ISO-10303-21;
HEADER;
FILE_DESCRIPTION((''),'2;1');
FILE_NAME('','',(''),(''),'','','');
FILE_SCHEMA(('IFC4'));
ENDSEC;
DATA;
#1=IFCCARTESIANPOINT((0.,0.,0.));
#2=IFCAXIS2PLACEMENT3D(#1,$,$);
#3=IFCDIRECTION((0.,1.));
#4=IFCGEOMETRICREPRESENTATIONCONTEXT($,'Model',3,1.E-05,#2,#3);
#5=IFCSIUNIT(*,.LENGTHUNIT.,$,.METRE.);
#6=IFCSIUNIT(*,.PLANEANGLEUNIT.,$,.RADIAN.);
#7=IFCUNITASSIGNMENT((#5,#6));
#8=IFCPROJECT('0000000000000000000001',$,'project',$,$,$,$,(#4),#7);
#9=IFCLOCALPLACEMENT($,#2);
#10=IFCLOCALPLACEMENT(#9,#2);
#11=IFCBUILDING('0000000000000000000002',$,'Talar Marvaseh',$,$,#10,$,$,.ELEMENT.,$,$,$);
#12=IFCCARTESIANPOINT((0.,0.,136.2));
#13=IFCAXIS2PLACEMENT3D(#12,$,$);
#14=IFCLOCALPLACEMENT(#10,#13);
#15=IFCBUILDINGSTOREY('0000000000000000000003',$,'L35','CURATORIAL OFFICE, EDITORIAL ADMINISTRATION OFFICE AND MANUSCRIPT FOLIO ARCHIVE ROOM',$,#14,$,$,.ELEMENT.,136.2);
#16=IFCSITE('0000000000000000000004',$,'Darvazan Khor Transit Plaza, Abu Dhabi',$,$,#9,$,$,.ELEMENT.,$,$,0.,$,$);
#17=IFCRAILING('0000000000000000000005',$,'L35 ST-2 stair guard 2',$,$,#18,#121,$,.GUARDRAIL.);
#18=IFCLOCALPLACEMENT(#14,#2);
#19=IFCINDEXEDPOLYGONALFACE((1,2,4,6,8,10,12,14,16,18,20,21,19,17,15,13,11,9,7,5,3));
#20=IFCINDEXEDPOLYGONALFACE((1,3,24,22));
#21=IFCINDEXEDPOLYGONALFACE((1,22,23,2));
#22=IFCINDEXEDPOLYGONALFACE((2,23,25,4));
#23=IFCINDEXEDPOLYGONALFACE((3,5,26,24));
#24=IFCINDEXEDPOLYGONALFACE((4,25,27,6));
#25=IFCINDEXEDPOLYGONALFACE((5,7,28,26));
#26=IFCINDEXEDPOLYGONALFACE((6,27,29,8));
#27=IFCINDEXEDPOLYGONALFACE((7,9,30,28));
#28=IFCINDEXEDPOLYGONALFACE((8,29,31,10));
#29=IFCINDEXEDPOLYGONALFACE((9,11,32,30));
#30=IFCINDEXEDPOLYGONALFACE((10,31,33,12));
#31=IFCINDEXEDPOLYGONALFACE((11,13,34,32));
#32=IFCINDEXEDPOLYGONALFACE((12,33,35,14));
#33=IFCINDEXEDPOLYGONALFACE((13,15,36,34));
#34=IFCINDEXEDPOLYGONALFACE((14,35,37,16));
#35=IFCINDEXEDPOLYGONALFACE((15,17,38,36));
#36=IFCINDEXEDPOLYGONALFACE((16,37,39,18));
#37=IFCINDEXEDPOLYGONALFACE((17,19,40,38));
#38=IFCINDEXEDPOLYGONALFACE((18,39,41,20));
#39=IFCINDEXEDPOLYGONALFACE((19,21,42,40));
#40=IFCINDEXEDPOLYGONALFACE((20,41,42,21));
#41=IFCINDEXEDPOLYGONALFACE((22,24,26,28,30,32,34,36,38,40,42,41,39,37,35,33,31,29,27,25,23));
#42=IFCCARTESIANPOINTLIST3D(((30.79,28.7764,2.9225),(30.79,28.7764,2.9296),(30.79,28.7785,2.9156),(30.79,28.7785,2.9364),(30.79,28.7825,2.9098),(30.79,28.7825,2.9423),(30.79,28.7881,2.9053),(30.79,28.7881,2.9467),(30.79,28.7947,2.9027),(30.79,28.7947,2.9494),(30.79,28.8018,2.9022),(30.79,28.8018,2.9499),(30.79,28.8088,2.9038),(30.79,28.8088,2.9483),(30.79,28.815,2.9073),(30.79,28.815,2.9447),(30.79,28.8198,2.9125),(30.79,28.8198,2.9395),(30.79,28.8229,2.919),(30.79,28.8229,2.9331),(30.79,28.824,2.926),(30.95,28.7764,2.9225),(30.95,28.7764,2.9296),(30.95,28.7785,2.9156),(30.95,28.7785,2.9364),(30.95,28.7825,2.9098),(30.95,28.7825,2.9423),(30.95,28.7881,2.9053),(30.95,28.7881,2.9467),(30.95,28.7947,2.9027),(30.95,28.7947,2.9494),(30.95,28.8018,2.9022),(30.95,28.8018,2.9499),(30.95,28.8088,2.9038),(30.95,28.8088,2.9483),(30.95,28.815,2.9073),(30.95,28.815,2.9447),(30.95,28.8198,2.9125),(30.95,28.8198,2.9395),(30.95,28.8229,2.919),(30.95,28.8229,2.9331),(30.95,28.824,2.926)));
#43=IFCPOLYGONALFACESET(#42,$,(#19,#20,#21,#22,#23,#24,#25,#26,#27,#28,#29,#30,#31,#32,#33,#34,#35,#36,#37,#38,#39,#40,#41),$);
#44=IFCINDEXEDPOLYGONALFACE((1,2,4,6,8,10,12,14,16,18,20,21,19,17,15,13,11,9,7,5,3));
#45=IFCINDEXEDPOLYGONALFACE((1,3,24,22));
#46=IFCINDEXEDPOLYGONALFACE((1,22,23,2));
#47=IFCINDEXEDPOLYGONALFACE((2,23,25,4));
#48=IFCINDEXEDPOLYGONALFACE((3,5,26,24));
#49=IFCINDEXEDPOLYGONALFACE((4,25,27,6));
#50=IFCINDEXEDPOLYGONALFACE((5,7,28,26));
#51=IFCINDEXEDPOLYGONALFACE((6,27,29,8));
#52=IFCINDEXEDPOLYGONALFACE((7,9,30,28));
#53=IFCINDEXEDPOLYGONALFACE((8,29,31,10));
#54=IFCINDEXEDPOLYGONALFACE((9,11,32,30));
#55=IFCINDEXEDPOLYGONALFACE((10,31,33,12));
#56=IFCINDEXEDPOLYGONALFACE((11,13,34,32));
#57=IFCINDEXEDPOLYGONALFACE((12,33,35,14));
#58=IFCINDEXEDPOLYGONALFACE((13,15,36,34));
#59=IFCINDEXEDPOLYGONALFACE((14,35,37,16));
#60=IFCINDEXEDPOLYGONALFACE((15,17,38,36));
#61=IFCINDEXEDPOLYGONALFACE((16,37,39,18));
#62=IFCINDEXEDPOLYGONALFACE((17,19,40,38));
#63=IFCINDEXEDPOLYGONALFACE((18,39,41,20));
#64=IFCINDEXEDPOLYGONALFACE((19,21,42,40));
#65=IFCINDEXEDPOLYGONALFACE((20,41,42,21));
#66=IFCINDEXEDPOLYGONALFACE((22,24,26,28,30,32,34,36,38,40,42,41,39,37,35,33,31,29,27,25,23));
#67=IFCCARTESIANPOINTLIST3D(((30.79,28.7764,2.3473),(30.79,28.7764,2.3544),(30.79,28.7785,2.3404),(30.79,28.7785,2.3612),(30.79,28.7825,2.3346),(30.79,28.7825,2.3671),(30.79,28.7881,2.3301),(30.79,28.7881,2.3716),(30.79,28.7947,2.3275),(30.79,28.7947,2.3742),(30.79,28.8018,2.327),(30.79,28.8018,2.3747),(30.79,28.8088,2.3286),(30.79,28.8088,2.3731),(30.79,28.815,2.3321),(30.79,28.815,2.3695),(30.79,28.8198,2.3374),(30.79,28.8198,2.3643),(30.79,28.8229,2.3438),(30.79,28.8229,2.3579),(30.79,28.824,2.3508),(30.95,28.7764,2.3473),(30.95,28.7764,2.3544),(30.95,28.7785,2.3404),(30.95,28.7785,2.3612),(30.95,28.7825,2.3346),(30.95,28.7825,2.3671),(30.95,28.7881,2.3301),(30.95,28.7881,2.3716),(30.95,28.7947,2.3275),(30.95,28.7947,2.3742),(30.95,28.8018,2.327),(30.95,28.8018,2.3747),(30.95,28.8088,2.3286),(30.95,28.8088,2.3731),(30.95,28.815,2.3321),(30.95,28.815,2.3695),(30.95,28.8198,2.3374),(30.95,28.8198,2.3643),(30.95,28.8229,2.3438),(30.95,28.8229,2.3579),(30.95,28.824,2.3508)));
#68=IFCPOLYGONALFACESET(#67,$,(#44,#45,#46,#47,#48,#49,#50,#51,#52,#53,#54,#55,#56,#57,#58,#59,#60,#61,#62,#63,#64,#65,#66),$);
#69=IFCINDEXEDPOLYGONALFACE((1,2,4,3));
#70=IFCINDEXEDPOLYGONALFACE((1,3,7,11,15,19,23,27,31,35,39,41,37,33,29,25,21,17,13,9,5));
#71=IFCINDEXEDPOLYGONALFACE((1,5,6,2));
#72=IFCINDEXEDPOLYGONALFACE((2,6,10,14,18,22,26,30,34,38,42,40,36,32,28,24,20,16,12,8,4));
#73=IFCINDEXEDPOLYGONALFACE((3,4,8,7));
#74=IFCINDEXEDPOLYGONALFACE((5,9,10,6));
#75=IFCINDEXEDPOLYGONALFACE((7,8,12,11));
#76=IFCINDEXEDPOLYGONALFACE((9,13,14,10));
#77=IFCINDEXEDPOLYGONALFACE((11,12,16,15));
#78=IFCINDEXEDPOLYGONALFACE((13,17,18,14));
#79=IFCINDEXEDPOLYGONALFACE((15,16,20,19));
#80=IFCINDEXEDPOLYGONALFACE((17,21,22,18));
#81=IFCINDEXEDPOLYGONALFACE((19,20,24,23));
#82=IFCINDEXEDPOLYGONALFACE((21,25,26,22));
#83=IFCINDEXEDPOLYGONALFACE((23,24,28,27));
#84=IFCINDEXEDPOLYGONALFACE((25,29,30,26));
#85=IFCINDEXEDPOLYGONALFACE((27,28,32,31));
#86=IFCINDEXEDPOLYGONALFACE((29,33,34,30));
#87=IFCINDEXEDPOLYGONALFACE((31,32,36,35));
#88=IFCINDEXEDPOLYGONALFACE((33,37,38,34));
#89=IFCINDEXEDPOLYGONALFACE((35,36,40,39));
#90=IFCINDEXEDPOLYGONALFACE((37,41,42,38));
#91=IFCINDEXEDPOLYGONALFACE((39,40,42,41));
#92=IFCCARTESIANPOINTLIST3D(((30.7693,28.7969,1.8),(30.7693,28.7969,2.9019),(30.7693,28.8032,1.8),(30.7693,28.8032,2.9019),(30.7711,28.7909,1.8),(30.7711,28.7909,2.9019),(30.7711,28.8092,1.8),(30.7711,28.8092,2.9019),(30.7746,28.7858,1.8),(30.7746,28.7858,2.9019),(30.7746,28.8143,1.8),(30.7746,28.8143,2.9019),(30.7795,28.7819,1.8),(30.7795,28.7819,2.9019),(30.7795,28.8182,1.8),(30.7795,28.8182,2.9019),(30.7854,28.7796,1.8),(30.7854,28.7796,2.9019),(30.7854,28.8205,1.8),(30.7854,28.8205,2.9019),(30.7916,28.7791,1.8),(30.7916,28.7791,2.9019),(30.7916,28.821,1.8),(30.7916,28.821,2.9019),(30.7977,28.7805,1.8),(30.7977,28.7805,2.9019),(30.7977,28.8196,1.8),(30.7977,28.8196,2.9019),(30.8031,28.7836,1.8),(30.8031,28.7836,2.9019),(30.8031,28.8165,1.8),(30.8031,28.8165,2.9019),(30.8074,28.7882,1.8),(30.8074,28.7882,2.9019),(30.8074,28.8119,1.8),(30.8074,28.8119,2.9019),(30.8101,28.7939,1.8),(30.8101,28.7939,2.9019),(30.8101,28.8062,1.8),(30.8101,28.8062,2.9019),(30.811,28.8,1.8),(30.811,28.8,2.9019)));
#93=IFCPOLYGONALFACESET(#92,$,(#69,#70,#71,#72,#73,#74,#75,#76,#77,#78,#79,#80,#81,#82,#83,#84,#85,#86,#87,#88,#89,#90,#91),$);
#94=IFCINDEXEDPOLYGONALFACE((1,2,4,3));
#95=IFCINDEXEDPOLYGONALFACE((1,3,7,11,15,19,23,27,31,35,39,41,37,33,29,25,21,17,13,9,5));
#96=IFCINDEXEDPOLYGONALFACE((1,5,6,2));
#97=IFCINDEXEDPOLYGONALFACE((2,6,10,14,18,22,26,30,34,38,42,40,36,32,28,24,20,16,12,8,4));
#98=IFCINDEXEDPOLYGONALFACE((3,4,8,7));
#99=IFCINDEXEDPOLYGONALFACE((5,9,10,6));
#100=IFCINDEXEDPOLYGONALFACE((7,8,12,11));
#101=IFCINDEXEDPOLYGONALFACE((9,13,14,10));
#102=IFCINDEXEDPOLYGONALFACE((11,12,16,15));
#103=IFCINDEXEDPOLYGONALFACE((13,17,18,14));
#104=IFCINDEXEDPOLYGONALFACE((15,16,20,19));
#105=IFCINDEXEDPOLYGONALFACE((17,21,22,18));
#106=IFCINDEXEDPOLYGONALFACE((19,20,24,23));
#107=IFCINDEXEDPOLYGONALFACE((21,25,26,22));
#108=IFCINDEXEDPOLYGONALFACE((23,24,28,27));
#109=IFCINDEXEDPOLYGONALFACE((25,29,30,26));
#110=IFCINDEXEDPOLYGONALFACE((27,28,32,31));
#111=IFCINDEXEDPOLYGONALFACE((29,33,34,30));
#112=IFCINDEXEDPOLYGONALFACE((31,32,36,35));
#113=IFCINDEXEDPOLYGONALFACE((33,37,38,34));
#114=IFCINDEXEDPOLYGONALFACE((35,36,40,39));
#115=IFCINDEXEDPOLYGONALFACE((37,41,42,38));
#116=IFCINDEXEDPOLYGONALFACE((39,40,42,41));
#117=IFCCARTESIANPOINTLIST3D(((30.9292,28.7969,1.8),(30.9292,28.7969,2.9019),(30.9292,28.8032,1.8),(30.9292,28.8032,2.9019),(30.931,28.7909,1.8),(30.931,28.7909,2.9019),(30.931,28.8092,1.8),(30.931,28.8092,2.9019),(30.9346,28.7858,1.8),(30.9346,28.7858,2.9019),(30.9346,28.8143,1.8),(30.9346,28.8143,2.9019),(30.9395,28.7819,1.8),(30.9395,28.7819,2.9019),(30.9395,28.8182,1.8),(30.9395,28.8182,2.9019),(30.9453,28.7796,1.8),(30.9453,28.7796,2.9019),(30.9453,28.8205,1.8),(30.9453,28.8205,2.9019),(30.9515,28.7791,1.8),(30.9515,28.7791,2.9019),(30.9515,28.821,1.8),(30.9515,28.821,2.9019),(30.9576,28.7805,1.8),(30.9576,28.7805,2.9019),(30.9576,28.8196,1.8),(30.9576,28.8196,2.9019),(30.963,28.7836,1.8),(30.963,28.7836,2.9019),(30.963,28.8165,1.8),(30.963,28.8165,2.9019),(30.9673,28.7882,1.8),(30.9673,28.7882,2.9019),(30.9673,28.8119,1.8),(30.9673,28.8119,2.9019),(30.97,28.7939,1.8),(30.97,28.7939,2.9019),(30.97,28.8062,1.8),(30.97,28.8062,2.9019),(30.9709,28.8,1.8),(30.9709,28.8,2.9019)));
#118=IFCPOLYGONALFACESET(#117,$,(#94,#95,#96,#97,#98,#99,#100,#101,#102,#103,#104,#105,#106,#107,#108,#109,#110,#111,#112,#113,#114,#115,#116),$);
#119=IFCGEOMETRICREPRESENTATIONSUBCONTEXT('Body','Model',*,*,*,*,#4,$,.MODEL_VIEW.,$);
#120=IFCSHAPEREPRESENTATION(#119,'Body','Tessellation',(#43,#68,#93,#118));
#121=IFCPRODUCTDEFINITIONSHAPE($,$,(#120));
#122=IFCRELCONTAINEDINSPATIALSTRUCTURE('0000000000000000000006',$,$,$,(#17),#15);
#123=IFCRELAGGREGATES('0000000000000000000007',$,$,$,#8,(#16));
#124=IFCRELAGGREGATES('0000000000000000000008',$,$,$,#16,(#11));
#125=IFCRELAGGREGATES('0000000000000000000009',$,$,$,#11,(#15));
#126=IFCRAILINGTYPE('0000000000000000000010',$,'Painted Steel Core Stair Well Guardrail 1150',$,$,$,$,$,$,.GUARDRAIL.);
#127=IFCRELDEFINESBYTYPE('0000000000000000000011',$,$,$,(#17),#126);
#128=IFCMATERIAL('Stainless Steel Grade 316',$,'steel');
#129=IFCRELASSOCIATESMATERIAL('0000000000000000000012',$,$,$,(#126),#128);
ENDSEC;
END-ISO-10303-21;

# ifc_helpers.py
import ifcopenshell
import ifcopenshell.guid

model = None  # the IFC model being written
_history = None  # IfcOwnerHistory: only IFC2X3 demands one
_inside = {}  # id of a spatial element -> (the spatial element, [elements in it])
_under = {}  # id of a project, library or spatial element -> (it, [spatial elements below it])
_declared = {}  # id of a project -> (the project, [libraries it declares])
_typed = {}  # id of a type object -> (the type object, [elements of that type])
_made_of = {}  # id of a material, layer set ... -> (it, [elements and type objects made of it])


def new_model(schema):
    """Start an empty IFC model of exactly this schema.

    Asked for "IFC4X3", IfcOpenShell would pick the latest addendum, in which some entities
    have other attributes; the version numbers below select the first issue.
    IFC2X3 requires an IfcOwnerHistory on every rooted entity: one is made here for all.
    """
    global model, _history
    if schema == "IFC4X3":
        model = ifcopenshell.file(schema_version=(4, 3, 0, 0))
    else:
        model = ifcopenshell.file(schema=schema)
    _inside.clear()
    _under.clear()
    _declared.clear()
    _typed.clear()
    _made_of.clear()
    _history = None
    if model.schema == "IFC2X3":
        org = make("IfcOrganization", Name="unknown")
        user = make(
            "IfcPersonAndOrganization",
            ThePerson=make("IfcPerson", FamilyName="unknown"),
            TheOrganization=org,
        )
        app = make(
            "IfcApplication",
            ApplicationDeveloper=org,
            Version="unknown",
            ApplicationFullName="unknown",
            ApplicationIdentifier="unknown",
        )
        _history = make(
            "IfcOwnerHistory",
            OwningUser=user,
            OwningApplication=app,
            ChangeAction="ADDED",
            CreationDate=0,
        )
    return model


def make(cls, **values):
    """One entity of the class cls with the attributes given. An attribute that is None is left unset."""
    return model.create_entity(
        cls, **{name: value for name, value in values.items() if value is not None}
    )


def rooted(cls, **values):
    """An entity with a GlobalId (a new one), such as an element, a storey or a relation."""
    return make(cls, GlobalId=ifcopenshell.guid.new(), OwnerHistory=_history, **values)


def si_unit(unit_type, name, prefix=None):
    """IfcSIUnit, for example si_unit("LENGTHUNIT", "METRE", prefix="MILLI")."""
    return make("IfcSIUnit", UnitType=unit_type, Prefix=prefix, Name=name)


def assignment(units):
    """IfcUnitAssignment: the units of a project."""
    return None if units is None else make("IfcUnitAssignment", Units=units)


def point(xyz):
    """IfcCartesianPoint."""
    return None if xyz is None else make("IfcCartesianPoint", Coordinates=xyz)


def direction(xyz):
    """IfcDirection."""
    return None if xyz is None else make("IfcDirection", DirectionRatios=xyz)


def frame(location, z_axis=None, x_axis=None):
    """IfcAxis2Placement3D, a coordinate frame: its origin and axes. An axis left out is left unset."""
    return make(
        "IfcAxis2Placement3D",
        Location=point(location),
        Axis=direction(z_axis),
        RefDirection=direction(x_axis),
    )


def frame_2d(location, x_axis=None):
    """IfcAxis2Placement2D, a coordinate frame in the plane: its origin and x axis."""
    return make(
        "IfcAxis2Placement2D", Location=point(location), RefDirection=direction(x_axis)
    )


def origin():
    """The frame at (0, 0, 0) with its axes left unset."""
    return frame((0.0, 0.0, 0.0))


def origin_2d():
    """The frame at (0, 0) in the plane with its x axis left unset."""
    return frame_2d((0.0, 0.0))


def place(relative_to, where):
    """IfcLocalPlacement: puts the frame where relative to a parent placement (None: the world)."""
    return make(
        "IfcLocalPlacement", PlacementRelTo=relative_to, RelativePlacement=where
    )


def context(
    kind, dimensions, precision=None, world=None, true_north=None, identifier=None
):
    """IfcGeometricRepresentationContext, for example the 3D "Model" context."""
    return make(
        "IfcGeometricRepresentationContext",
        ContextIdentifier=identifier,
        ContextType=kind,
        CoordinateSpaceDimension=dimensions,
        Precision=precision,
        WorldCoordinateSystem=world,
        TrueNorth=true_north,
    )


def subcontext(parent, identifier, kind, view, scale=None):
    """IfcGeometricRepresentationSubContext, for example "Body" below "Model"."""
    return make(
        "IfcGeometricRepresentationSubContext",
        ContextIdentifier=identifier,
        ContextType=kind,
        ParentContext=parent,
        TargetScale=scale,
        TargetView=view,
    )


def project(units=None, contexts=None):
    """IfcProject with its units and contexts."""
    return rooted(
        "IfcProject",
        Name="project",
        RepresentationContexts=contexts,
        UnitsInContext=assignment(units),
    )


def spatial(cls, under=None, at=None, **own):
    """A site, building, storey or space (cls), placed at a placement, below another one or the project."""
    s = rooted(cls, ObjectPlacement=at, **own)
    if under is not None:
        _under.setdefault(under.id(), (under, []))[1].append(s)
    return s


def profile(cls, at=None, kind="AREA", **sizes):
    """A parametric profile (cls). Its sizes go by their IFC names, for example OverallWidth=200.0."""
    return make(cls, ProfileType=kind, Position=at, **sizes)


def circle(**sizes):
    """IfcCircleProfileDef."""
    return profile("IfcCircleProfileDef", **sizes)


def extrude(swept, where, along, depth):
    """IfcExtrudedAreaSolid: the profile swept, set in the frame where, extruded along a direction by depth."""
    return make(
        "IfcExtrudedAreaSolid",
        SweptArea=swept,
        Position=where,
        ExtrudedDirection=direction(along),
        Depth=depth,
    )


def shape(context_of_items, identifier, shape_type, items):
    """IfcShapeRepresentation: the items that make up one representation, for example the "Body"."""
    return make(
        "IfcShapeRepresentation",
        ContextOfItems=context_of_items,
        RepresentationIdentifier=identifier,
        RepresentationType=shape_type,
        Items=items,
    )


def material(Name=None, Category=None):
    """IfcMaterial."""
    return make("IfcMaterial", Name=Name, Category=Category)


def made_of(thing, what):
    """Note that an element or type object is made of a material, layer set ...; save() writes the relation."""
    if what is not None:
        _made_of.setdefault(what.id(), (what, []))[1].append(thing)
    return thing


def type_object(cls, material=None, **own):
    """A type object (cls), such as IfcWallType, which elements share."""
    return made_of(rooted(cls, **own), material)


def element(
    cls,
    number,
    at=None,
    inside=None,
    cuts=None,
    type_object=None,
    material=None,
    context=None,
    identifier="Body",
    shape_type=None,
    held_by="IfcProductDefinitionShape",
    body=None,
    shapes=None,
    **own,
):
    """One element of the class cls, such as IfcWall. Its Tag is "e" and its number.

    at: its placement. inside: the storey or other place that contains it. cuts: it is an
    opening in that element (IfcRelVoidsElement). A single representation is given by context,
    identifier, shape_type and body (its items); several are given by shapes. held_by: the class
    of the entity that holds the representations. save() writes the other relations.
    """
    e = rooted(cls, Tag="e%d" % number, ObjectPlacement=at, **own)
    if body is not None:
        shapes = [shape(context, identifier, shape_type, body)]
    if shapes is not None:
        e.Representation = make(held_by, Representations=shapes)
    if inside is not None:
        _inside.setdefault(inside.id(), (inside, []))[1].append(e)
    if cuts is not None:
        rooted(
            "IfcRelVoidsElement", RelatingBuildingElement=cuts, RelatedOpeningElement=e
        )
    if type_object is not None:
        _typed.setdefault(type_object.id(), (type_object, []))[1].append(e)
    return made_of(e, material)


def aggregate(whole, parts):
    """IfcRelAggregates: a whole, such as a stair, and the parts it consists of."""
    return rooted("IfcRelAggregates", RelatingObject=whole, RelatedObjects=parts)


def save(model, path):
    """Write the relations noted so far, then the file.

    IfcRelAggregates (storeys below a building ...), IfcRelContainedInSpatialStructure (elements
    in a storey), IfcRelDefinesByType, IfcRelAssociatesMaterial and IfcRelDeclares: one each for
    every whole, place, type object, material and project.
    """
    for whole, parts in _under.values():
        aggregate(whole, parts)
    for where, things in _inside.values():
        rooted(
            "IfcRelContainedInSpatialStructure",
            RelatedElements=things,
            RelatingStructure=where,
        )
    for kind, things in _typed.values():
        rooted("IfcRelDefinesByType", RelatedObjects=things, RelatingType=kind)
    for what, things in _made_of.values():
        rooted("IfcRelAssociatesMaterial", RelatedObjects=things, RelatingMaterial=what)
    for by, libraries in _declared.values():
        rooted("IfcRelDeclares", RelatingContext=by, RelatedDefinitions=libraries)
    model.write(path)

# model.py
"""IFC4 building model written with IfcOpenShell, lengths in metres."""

from ifc_helpers import new_model, si_unit, direction, frame, origin, origin_2d, place, context, subcontext, project, spatial, circle, extrude, material, type_object, element, save


model = new_model("IFC4")

# Units and contexts
model_context = context("Model", 3, precision=1e-05, world=origin(), true_north=direction((0.0, 1.0)))
body_context = subcontext(model_context, "Body", "Model", "MODEL_VIEW")
ifc_project = project(units=[si_unit("LENGTHUNIT", "METRE"), si_unit("PLANEANGLEUNIT", "RADIAN")], contexts=[model_context])

# Site, building, storey
site_placement = place(None, origin())
site = spatial("IfcSite", under=ifc_project, at=site_placement, Name="Darvazan Khor Transit Plaza, Abu Dhabi", CompositionType="ELEMENT", RefElevation=0.0)
building_placement = place(site_placement, origin())
building = spatial("IfcBuilding", under=site, at=building_placement, Name="Talar Marvaseh", CompositionType="ELEMENT")
storey_placement = place(building_placement, frame((0.0, 0.0, 136.2)))
storey = spatial("IfcBuildingStorey", under=building, at=storey_placement, Name="L35", Description="CURATORIAL OFFICE, EDITORIAL ADMINISTRATION OFFICE AND MANUSCRIPT FOLIO ARCHIVE ROOM", CompositionType="ELEMENT", Elevation=136.2)

# Shared definitions
ifc_material_1 = material(Name="Stainless Steel Grade 316", Category="steel")

# Railing
railing_type_1 = type_object("IfcRailingType", Name="Painted Steel Core Stair Well Guardrail 1150", PredefinedType="GUARDRAIL", material=ifc_material_1)
railing_1_placement = place(storey_placement, frame((30.79, 28.8, 1.8)))
element("IfcRailing", 1, at=railing_1_placement, inside=storey, type_object=railing_type_1, Name="L35 ST-2 stair guard 2", PredefinedType="GUARDRAIL", context=body_context, shape_type="SweptSolid", body=[
    extrude(circle(Radius=0.0239, at=origin_2d()), frame((0.0, 0.0, 1.126), z_axis=(1.0, 0.0, 0.0), x_axis=(0.0, 1.0, 0.0)), (0.0, 0.0, 1.0), 0.1599),
    extrude(circle(Radius=0.0239, at=origin_2d()), frame((0.0, 0.0, 0.5508), z_axis=(1.0, 0.0, 0.0), x_axis=(0.0, 1.0, 0.0)), (0.0, 0.0, 1.0), 0.1599),
    extrude(circle(Radius=0.021, at=origin_2d()), origin(), (0.0, 0.0, 1.0), 1.1018),
    extrude(circle(Radius=0.021, at=origin_2d()), frame((0.1599, 0.0, 0.0)), (0.0, 0.0, 1.0), 1.1018),
])

save(model, "model.ifc")
